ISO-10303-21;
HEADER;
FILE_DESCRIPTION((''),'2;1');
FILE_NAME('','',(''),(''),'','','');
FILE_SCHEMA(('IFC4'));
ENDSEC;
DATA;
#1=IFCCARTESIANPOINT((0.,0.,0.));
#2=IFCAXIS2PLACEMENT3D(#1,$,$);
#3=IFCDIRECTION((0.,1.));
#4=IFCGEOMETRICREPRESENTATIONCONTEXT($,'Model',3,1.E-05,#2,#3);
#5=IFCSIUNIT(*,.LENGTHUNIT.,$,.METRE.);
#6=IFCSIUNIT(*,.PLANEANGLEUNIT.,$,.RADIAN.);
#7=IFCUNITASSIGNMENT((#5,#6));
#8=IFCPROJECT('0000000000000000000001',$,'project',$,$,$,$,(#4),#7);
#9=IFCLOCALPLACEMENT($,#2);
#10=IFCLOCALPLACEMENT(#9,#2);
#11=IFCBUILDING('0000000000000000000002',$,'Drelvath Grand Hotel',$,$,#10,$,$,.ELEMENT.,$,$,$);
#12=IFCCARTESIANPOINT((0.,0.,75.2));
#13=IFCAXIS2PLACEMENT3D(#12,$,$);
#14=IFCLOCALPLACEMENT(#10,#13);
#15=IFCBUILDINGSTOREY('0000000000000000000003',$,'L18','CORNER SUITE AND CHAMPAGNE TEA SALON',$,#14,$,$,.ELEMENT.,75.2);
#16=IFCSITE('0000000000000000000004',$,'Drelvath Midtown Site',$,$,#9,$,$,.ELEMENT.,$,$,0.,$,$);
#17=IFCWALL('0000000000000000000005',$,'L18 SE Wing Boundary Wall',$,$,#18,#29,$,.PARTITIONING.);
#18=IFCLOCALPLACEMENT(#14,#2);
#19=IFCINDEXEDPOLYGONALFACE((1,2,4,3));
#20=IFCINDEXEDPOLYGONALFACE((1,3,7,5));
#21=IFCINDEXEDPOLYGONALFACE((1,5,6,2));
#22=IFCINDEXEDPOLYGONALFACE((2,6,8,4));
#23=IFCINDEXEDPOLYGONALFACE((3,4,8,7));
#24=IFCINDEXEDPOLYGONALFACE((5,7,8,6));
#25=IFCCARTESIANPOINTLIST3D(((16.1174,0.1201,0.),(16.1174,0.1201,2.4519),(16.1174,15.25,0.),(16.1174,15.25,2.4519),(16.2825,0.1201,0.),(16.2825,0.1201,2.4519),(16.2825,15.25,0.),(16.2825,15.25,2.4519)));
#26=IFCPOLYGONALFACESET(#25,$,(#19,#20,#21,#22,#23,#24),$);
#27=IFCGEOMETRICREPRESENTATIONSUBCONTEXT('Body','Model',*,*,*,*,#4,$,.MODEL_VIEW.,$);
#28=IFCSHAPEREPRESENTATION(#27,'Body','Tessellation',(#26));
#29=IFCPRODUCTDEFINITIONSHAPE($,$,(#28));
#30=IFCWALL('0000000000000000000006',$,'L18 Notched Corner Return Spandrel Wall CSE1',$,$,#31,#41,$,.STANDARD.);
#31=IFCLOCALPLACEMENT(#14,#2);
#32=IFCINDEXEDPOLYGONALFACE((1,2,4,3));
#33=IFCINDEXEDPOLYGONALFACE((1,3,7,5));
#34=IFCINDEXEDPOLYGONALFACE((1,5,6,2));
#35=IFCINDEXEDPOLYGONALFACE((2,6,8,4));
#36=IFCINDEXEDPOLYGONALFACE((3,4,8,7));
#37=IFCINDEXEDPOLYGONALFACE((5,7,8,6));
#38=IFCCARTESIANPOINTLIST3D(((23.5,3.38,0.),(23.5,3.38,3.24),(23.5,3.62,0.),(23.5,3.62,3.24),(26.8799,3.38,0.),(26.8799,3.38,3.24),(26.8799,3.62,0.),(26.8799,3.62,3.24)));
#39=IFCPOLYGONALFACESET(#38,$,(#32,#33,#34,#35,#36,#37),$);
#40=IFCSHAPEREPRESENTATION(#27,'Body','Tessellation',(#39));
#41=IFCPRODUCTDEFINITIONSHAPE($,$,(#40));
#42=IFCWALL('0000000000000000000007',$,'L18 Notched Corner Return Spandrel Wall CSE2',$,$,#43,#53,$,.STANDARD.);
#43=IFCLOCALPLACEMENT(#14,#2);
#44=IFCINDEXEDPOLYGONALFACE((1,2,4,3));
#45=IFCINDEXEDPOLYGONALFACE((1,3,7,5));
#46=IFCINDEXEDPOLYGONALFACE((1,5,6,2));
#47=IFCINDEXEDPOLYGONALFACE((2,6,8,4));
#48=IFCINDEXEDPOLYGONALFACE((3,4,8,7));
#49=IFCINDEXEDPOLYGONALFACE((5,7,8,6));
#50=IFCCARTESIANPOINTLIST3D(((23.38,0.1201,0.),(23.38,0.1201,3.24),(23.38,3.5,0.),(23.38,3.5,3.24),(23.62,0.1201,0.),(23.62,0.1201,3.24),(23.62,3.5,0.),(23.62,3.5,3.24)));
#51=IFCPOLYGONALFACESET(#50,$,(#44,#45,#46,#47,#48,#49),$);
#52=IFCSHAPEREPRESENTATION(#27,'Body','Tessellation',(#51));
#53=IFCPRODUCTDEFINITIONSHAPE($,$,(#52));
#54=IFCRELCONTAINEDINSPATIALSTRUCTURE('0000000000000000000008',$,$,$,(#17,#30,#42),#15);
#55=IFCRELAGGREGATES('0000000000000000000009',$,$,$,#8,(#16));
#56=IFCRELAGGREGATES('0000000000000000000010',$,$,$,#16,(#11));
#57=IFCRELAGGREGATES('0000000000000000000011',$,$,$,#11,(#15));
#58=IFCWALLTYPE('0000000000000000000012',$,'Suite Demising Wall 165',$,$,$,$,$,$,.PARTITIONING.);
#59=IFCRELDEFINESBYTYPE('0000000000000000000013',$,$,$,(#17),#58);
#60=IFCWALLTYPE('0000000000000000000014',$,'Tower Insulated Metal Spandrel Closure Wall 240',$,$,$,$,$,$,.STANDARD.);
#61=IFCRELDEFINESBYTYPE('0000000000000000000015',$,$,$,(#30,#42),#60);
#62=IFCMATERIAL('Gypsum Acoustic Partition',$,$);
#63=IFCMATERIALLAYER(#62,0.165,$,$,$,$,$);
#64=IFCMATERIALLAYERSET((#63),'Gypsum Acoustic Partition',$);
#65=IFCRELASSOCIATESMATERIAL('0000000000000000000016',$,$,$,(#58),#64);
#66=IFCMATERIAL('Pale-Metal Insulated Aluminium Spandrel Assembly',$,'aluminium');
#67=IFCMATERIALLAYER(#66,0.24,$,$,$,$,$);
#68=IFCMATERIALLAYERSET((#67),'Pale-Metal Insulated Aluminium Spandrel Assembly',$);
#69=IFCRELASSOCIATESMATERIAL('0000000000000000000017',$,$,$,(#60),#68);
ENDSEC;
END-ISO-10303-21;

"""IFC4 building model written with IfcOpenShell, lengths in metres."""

from ifc_helpers import new_model, si_unit, direction, frame, frame_2d, origin, place, context, subcontext, project, spatial, rectangle, extrude, material, layer, layer_set, type_object, element, save


model = new_model("IFC4")

# Units and contexts
model_context = context("Model", 3, precision=1e-05, world=origin(), true_north=direction((0.0, 1.0)))
body_context = subcontext(model_context, "Body", "Model", "MODEL_VIEW")
ifc_project = project(units=[si_unit("LENGTHUNIT", "METRE"), si_unit("PLANEANGLEUNIT", "RADIAN")], contexts=[model_context])

# Site, building, storey
site_placement = place(None, origin())
site = spatial("IfcSite", under=ifc_project, at=site_placement, Name="Drelvath Midtown Site", CompositionType="ELEMENT", RefElevation=0.0)
building_placement = place(site_placement, origin())
building = spatial("IfcBuilding", under=site, at=building_placement, Name="Drelvath Grand Hotel", CompositionType="ELEMENT")
storey_placement = place(building_placement, frame((0.0, 0.0, 75.2)))
storey = spatial("IfcBuildingStorey", under=building, at=storey_placement, Name="L18", Description="CORNER SUITE AND CHAMPAGNE TEA SALON", CompositionType="ELEMENT", Elevation=75.2)

# Walls
ifc_material_1 = material(Name="Gypsum Acoustic Partition")
ifc_layer_1 = layer(ifc_material_1, 0.165)
ifc_layer_set_1 = layer_set([ifc_layer_1], Name="Gypsum Acoustic Partition")
wall_type_1 = type_object("IfcWallType", Name="Suite Demising Wall 165", PredefinedType="PARTITIONING", material=ifc_layer_set_1)
wall_placement = place(storey_placement, frame((16.2, 0.1201, 0.0), z_axis=(0.0, 0.0, 1.0), x_axis=(0.0, 1.0, 0.0)))
element("IfcWall", 1, at=wall_placement, inside=storey, type_object=wall_type_1, Name="L18 SE Wing Boundary Wall", PredefinedType="PARTITIONING", context=body_context, shape_type="SweptSolid", body=[
    extrude(rectangle(XDim=15.1299, YDim=0.165, at=frame_2d((7.5649, 0.0))), origin(), (0.0, 0.0, 1.0), 2.4519),
])
ifc_material_2 = material(Name="Pale-Metal Insulated Aluminium Spandrel Assembly", Category="aluminium")
ifc_layer_2 = layer(ifc_material_2, 0.24)
ifc_layer_set_2 = layer_set([ifc_layer_2], Name="Pale-Metal Insulated Aluminium Spandrel Assembly")
wall_type_2 = type_object("IfcWallType", Name="Tower Insulated Metal Spandrel Closure Wall 240", PredefinedType="STANDARD", material=ifc_layer_set_2)
for number, where, z_axis, x_axis, name in (
    (2, (26.8799, 3.5, 0.0), (0.0, 0.0, 1.0), (-1.0, 0.0, 0.0), "L18 Notched Corner Return Spandrel Wall CSE1"),
    (3, (23.5, 3.5, 0.0), (0.0, 0.0, 1.0), (0.0, -1.0, 0.0), "L18 Notched Corner Return Spandrel Wall CSE2"),
):
    element("IfcWall", number, at=place(storey_placement, frame(where, z_axis=z_axis, x_axis=x_axis)), inside=storey, type_object=wall_type_2, Name=name, PredefinedType="STANDARD", context=body_context, shape_type="SweptSolid", body=[
        extrude(rectangle(XDim=3.3799, YDim=0.24, at=frame_2d((1.6899, 0.0))), origin(), (0.0, 0.0, 1.0), 3.24),
    ])

save(model, "model.ifc")
